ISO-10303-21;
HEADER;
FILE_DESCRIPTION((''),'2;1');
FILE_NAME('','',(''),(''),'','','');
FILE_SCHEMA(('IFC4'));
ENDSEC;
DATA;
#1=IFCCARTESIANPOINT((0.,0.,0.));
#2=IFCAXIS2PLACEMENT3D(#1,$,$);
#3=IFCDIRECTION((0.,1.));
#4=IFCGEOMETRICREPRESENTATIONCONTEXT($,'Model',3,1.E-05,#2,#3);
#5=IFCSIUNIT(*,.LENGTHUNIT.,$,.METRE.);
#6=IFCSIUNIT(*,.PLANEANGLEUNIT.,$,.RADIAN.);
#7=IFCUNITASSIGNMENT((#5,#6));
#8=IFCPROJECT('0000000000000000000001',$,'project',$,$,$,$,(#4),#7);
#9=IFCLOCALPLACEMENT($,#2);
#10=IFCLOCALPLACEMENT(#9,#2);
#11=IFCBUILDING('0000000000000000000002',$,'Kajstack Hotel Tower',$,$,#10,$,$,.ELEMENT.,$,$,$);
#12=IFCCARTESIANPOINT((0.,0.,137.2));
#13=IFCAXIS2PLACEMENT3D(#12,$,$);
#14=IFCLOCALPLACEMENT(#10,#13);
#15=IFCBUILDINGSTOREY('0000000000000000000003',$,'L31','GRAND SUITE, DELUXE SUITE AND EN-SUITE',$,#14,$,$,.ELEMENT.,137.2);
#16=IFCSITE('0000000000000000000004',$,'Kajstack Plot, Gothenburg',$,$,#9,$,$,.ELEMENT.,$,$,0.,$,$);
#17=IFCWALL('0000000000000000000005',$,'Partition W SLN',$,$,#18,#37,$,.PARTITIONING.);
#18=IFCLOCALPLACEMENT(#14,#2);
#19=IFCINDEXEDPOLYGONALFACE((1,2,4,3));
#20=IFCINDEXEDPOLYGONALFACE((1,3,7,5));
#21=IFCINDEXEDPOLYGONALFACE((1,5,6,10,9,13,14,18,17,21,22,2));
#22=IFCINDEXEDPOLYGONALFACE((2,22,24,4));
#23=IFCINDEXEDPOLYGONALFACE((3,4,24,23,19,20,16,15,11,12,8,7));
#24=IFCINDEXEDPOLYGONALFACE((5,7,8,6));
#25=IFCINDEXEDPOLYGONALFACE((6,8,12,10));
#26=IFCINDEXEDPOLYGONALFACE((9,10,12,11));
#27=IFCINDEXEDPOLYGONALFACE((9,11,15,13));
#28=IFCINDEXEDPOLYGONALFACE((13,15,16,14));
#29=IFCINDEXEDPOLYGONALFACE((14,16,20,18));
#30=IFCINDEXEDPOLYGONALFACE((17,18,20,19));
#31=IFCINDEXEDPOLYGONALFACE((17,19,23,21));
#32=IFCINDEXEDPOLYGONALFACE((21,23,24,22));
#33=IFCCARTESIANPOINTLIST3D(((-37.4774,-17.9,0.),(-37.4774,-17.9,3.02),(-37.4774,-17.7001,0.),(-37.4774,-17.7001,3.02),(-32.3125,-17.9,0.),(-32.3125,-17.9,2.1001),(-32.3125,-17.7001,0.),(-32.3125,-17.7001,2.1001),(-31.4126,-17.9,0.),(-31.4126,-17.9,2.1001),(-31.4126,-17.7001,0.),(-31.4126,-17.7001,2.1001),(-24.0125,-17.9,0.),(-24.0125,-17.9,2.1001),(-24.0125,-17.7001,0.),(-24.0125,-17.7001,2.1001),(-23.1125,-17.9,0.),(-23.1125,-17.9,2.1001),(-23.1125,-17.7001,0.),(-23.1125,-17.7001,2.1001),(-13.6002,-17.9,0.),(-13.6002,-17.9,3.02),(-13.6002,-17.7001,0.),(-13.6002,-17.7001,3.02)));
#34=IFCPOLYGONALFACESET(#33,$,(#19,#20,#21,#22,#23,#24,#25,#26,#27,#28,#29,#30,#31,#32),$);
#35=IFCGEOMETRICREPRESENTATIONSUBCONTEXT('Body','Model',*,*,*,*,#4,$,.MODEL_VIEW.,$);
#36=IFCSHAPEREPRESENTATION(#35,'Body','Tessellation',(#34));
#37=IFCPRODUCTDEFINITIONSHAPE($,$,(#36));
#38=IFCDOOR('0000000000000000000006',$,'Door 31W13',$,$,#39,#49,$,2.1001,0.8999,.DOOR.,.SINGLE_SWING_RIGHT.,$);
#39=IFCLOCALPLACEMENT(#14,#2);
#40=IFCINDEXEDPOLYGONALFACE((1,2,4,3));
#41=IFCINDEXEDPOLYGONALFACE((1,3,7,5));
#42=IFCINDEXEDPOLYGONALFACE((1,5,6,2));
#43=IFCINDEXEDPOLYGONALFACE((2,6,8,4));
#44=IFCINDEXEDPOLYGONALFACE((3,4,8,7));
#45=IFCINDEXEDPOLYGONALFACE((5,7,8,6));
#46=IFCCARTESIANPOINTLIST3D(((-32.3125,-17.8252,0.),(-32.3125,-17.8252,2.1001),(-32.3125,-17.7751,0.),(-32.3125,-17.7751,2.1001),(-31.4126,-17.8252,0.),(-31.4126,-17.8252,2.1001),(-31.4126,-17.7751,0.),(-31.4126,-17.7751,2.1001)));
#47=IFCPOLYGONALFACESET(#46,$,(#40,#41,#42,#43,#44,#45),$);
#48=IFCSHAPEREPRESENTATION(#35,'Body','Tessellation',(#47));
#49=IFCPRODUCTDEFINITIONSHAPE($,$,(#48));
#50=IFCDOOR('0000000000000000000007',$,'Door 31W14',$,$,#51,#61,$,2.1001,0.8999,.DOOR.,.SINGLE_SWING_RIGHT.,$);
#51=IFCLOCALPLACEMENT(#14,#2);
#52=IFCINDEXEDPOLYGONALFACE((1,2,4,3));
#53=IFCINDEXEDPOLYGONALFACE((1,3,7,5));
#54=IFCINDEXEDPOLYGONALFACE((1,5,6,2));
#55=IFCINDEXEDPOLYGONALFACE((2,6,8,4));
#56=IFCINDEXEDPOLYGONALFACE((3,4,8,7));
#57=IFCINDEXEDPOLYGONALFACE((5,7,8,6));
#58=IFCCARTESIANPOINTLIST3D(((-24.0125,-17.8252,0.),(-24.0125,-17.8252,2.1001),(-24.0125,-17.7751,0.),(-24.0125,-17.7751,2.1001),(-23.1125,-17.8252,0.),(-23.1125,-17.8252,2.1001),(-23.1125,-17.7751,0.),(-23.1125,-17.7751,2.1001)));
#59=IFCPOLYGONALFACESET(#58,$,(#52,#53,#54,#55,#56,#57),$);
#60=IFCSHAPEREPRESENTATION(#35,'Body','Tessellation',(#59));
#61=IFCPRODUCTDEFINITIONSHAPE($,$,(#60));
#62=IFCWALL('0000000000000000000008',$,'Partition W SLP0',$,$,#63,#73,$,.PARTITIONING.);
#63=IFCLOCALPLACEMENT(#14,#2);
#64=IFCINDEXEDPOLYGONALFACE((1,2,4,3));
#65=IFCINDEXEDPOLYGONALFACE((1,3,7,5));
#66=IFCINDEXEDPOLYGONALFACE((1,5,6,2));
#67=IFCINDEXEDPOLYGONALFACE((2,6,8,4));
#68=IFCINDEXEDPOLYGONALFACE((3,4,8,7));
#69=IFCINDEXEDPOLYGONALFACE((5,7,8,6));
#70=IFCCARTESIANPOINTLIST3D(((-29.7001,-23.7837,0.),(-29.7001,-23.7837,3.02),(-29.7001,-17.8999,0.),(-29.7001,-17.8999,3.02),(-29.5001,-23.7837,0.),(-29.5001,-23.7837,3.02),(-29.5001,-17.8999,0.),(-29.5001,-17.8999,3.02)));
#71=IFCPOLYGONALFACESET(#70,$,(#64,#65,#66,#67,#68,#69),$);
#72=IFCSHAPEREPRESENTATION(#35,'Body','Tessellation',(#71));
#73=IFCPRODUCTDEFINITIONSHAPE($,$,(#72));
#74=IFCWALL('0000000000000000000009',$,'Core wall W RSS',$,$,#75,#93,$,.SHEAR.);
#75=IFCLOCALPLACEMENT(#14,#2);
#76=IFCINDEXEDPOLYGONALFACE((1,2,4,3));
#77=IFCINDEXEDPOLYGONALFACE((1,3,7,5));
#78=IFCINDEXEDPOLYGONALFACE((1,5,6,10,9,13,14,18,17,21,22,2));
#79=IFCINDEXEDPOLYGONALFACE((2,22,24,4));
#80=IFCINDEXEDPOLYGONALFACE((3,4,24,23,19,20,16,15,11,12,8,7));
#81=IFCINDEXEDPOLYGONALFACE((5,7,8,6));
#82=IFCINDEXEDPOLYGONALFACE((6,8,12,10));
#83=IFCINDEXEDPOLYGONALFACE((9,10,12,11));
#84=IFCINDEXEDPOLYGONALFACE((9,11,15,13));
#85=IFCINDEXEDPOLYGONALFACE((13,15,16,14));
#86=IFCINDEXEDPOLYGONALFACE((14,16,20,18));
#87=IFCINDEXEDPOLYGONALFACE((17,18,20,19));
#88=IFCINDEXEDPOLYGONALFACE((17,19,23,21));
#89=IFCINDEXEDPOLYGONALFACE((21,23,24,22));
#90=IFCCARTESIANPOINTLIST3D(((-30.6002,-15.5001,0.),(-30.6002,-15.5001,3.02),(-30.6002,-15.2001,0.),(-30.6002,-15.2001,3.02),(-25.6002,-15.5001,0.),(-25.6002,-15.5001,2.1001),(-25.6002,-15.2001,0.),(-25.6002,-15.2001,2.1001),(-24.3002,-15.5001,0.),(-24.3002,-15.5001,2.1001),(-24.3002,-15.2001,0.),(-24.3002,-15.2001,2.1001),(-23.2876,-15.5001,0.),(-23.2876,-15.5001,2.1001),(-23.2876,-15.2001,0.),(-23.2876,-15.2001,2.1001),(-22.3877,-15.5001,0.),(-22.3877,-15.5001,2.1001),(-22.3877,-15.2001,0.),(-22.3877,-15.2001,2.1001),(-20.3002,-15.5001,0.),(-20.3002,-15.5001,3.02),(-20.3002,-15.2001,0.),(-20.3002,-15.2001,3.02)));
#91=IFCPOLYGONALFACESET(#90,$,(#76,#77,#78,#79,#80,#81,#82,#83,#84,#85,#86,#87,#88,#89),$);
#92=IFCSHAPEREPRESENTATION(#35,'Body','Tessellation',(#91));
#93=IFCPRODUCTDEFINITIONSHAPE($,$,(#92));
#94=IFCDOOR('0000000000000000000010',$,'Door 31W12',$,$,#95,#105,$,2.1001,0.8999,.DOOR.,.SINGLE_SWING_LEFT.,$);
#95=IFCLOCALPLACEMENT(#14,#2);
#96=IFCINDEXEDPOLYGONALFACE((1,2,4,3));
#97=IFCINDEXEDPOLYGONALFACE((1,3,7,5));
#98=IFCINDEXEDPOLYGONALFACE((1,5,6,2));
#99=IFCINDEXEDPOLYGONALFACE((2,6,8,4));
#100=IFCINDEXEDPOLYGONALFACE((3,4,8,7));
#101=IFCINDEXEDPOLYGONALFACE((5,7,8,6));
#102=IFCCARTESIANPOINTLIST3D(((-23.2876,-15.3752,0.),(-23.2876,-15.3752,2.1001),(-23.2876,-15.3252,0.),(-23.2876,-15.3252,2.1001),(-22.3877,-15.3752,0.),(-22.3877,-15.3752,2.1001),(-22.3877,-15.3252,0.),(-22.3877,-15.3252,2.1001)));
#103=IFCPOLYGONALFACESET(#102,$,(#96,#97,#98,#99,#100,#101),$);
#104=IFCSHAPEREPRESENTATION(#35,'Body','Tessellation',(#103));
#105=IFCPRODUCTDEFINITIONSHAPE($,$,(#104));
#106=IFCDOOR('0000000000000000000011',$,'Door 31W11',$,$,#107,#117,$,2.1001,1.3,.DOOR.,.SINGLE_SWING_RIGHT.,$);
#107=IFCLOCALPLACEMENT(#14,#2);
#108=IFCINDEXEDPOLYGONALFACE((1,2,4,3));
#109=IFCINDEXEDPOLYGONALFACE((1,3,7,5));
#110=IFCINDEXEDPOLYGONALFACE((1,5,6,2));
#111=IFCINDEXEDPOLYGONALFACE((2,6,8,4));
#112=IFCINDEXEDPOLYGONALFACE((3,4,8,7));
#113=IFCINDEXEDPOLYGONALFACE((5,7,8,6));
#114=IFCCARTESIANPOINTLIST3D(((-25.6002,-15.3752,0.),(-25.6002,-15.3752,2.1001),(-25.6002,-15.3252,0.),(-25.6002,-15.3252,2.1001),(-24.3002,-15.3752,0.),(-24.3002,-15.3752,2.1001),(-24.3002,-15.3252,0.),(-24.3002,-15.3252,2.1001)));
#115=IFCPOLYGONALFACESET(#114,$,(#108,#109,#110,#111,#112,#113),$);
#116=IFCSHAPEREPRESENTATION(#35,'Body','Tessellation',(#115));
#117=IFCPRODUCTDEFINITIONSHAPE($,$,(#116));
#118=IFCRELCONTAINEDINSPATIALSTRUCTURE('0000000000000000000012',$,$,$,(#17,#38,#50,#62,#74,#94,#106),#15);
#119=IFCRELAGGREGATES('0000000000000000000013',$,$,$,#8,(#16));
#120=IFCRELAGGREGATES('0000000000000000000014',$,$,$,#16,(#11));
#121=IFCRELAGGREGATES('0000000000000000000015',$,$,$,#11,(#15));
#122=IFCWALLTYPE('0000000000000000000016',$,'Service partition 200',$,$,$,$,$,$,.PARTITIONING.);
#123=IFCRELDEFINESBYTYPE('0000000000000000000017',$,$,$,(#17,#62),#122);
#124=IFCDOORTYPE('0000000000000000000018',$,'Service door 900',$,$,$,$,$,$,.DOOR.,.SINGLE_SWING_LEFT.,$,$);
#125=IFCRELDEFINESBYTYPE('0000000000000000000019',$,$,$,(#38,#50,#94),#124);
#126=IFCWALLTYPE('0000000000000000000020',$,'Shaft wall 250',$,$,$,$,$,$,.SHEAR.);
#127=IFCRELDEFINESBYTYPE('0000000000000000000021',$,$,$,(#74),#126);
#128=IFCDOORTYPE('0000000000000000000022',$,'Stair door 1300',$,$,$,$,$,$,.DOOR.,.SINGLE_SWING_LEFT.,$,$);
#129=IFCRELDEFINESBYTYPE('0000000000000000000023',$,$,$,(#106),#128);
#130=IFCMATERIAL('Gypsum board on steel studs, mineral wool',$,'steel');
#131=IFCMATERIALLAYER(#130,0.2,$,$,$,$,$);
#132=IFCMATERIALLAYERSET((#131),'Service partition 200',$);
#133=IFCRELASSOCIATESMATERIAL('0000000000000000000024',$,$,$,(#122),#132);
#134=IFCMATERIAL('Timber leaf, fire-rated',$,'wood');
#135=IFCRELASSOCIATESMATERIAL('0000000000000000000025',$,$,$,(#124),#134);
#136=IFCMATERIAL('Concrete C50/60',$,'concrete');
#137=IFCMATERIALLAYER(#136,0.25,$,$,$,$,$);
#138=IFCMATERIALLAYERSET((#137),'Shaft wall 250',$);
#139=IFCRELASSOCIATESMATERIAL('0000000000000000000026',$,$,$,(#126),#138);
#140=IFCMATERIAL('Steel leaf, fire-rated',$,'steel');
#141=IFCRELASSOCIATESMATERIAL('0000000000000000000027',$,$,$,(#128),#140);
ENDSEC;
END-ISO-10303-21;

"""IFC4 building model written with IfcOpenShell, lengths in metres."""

from ifc_helpers import new_model, si_unit, direction, frame, frame_2d, origin, place, context, subcontext, project, spatial, rectangle, extrude, material, layer, layer_set, type_object, element, fill, save


model = new_model("IFC4")

# Units and contexts
model_context = context("Model", 3, precision=1e-05, world=origin(), true_north=direction((0.0, 1.0)))
body_context = subcontext(model_context, "Body", "Model", "MODEL_VIEW")
ifc_project = project(units=[si_unit("LENGTHUNIT", "METRE"), si_unit("PLANEANGLEUNIT", "RADIAN")], contexts=[model_context])

# Site, building, storey
site_placement = place(None, origin())
site = spatial("IfcSite", under=ifc_project, at=site_placement, Name="Kajstack Plot, Gothenburg", CompositionType="ELEMENT", RefElevation=0.0)
building_placement = place(site_placement, origin())
building = spatial("IfcBuilding", under=site, at=building_placement, Name="Kajstack Hotel Tower", CompositionType="ELEMENT")
storey_placement = place(building_placement, frame((0.0, 0.0, 137.2)))
storey = spatial("IfcBuildingStorey", under=building, at=storey_placement, Name="L31", Description="GRAND SUITE, DELUXE SUITE AND EN-SUITE", CompositionType="ELEMENT", Elevation=137.2)

# Shared definitions
ifc_material_1 = material(Name="Gypsum board on steel studs, mineral wool", Category="steel")
ifc_layer_1 = layer(ifc_material_1, 0.2)
ifc_layer_set_1 = layer_set([ifc_layer_1], Name="Service partition 200")
wall_type_1 = type_object("IfcWallType", Name="Service partition 200", PredefinedType="PARTITIONING", material=ifc_layer_set_1)
ifc_material_2 = material(Name="Timber leaf, fire-rated", Category="wood")
door_type_1 = type_object("IfcDoorType", Name="Service door 900", OperationType="SINGLE_SWING_LEFT", PredefinedType="DOOR", material=ifc_material_2)

# Wall, openings, doors
wall_1_placement = place(storey_placement, frame((-37.4773, -17.8, 0.0), z_axis=(0.0, 0.0, 1.0), x_axis=(1.0, 0.0, 0.0)))
wall_1 = element("IfcWall", 1, at=wall_1_placement, inside=storey, type_object=wall_type_1, Name="Partition W SLN", PredefinedType="PARTITIONING", context=body_context, shape_type="SweptSolid", body=[
    extrude(rectangle(XDim=23.8772, YDim=0.2, at=frame_2d((11.9385, 0.0))), origin(), (0.0, 0.0, 1.0), 3.02),
])
opening_1_placement = place(wall_1_placement, frame((5.1648, 0.0, 0.0)))
opening_1 = element("IfcOpeningElement", 2, at=opening_1_placement, cuts=wall_1, PredefinedType="OPENING", context=body_context, shape_type="SweptSolid", body=[
    extrude(rectangle(XDim=0.8999, YDim=2.1001, at=frame_2d((0.45, 1.05))), frame((0.0, 0.1099, 0.0), z_axis=(0.0, -1.0, 0.0), x_axis=(1.0, 0.0, 0.0)), (0.0, 0.0, 1.0), 0.22),
])
opening_2_placement = place(wall_1_placement, frame((13.4648, 0.0, 0.0)))
opening_2 = element("IfcOpeningElement", 3, at=opening_2_placement, cuts=wall_1, PredefinedType="OPENING", context=body_context, shape_type="SweptSolid", body=[
    extrude(rectangle(XDim=0.8999, YDim=2.1001, at=frame_2d((0.45, 1.05))), frame((0.0, 0.1099, 0.0), z_axis=(0.0, -1.0, 0.0), x_axis=(1.0, 0.0, 0.0)), (0.0, 0.0, 1.0), 0.22),
])
door_1_placement = place(opening_1_placement, origin())
door_1 = element("IfcDoor", 4, at=door_1_placement, inside=storey, type_object=door_type_1, Name="Door 31W13", OperationType="SINGLE_SWING_RIGHT", OverallHeight=2.1001, OverallWidth=0.8999, PredefinedType="DOOR", context=body_context, shape_type="SweptSolid", body=[
    extrude(rectangle(XDim=0.8999, YDim=2.1001, at=frame_2d((0.45, 1.05))), frame((0.0, 0.0249, 0.0), z_axis=(0.0, -1.0, 0.0), x_axis=(1.0, 0.0, 0.0)), (0.0, 0.0, 1.0), 0.05),
])
fill(opening_1, door_1)
door_2_placement = place(opening_2_placement, origin())
door_2 = element("IfcDoor", 5, at=door_2_placement, inside=storey, type_object=door_type_1, Name="Door 31W14", OperationType="SINGLE_SWING_RIGHT", OverallHeight=2.1001, OverallWidth=0.8999, PredefinedType="DOOR", context=body_context, shape_type="SweptSolid", body=[
    extrude(rectangle(XDim=0.8999, YDim=2.1001, at=frame_2d((0.45, 1.05))), frame((0.0, 0.0249, 0.0), z_axis=(0.0, -1.0, 0.0), x_axis=(1.0, 0.0, 0.0)), (0.0, 0.0, 1.0), 0.05),
])
fill(opening_2, door_2)

# Wall
wall_2_placement = place(storey_placement, frame((-29.6001, -23.7837, 0.0), z_axis=(0.0, 0.0, 1.0), x_axis=(0.0, 1.0, 0.0)))
element("IfcWall", 6, at=wall_2_placement, inside=storey, type_object=wall_type_1, Name="Partition W SLP0", PredefinedType="PARTITIONING", context=body_context, shape_type="SweptSolid", body=[
    extrude(rectangle(XDim=5.8838, YDim=0.2, at=frame_2d((2.9419, 0.0))), origin(), (0.0, 0.0, 1.0), 3.02),
])

# Wall, openings, doors
ifc_material_3 = material(Name="Concrete C50/60", Category="concrete")
ifc_layer_2 = layer(ifc_material_3, 0.25)
ifc_layer_set_2 = layer_set([ifc_layer_2], Name="Shaft wall 250")
wall_type_2 = type_object("IfcWallType", Name="Shaft wall 250", PredefinedType="SHEAR", material=ifc_layer_set_2)
wall_3_placement = place(storey_placement, frame((-30.6001, -15.3501, 0.0), z_axis=(0.0, 0.0, 1.0), x_axis=(1.0, 0.0, 0.0)))
wall_3 = element("IfcWall", 7, at=wall_3_placement, inside=storey, type_object=wall_type_2, Name="Core wall W RSS", PredefinedType="SHEAR", context=body_context, shape_type="SweptSolid", body=[
    extrude(rectangle(XDim=10.3, YDim=0.3, at=frame_2d((5.1499, 0.0))), origin(), (0.0, 0.0, 1.0), 3.02),
])
opening_3_placement = place(wall_3_placement, frame((5.0, 0.0, 0.0)))
opening_3 = element("IfcOpeningElement", 8, at=opening_3_placement, cuts=wall_3, PredefinedType="OPENING", context=body_context, shape_type="SweptSolid", body=[
    extrude(rectangle(XDim=1.3, YDim=2.1001, at=frame_2d((0.6499, 1.05))), frame((0.0, 0.1599, 0.0), z_axis=(0.0, -1.0, 0.0), x_axis=(1.0, 0.0, 0.0)), (0.0, 0.0, 1.0), 0.3201),
])
opening_4_placement = place(wall_3_placement, frame((7.3125, 0.0, 0.0)))
opening_4 = element("IfcOpeningElement", 9, at=opening_4_placement, cuts=wall_3, PredefinedType="OPENING", context=body_context, shape_type="SweptSolid", body=[
    extrude(rectangle(XDim=0.8999, YDim=2.1001, at=frame_2d((0.45, 1.05))), frame((0.0, 0.1599, 0.0), z_axis=(0.0, -1.0, 0.0), x_axis=(1.0, 0.0, 0.0)), (0.0, 0.0, 1.0), 0.3201),
])
door_3_placement = place(opening_4_placement, origin())
door_3 = element("IfcDoor", 10, at=door_3_placement, inside=storey, type_object=door_type_1, Name="Door 31W12", OperationType="SINGLE_SWING_LEFT", OverallHeight=2.1001, OverallWidth=0.8999, PredefinedType="DOOR", context=body_context, shape_type="SweptSolid", body=[
    extrude(rectangle(XDim=0.8999, YDim=2.1001, at=frame_2d((0.45, 1.05))), frame((0.0, 0.0249, 0.0), z_axis=(0.0, -1.0, 0.0), x_axis=(1.0, 0.0, 0.0)), (0.0, 0.0, 1.0), 0.05),
])
fill(opening_4, door_3)
ifc_material_4 = material(Name="Steel leaf, fire-rated", Category="steel")
door_type_2 = type_object("IfcDoorType", Name="Stair door 1300", OperationType="SINGLE_SWING_LEFT", PredefinedType="DOOR", material=ifc_material_4)
door_4_placement = place(opening_3_placement, origin())
door_4 = element("IfcDoor", 11, at=door_4_placement, inside=storey, type_object=door_type_2, Name="Door 31W11", OperationType="SINGLE_SWING_RIGHT", OverallHeight=2.1001, OverallWidth=1.3, PredefinedType="DOOR", context=body_context, shape_type="SweptSolid", body=[
    extrude(rectangle(XDim=1.3, YDim=2.1001, at=frame_2d((0.6499, 1.05))), frame((0.0, 0.0249, 0.0), z_axis=(0.0, -1.0, 0.0), x_axis=(1.0, 0.0, 0.0)), (0.0, 0.0, 1.0), 0.05),
])
fill(opening_3, door_4)

save(model, "model.ifc")
